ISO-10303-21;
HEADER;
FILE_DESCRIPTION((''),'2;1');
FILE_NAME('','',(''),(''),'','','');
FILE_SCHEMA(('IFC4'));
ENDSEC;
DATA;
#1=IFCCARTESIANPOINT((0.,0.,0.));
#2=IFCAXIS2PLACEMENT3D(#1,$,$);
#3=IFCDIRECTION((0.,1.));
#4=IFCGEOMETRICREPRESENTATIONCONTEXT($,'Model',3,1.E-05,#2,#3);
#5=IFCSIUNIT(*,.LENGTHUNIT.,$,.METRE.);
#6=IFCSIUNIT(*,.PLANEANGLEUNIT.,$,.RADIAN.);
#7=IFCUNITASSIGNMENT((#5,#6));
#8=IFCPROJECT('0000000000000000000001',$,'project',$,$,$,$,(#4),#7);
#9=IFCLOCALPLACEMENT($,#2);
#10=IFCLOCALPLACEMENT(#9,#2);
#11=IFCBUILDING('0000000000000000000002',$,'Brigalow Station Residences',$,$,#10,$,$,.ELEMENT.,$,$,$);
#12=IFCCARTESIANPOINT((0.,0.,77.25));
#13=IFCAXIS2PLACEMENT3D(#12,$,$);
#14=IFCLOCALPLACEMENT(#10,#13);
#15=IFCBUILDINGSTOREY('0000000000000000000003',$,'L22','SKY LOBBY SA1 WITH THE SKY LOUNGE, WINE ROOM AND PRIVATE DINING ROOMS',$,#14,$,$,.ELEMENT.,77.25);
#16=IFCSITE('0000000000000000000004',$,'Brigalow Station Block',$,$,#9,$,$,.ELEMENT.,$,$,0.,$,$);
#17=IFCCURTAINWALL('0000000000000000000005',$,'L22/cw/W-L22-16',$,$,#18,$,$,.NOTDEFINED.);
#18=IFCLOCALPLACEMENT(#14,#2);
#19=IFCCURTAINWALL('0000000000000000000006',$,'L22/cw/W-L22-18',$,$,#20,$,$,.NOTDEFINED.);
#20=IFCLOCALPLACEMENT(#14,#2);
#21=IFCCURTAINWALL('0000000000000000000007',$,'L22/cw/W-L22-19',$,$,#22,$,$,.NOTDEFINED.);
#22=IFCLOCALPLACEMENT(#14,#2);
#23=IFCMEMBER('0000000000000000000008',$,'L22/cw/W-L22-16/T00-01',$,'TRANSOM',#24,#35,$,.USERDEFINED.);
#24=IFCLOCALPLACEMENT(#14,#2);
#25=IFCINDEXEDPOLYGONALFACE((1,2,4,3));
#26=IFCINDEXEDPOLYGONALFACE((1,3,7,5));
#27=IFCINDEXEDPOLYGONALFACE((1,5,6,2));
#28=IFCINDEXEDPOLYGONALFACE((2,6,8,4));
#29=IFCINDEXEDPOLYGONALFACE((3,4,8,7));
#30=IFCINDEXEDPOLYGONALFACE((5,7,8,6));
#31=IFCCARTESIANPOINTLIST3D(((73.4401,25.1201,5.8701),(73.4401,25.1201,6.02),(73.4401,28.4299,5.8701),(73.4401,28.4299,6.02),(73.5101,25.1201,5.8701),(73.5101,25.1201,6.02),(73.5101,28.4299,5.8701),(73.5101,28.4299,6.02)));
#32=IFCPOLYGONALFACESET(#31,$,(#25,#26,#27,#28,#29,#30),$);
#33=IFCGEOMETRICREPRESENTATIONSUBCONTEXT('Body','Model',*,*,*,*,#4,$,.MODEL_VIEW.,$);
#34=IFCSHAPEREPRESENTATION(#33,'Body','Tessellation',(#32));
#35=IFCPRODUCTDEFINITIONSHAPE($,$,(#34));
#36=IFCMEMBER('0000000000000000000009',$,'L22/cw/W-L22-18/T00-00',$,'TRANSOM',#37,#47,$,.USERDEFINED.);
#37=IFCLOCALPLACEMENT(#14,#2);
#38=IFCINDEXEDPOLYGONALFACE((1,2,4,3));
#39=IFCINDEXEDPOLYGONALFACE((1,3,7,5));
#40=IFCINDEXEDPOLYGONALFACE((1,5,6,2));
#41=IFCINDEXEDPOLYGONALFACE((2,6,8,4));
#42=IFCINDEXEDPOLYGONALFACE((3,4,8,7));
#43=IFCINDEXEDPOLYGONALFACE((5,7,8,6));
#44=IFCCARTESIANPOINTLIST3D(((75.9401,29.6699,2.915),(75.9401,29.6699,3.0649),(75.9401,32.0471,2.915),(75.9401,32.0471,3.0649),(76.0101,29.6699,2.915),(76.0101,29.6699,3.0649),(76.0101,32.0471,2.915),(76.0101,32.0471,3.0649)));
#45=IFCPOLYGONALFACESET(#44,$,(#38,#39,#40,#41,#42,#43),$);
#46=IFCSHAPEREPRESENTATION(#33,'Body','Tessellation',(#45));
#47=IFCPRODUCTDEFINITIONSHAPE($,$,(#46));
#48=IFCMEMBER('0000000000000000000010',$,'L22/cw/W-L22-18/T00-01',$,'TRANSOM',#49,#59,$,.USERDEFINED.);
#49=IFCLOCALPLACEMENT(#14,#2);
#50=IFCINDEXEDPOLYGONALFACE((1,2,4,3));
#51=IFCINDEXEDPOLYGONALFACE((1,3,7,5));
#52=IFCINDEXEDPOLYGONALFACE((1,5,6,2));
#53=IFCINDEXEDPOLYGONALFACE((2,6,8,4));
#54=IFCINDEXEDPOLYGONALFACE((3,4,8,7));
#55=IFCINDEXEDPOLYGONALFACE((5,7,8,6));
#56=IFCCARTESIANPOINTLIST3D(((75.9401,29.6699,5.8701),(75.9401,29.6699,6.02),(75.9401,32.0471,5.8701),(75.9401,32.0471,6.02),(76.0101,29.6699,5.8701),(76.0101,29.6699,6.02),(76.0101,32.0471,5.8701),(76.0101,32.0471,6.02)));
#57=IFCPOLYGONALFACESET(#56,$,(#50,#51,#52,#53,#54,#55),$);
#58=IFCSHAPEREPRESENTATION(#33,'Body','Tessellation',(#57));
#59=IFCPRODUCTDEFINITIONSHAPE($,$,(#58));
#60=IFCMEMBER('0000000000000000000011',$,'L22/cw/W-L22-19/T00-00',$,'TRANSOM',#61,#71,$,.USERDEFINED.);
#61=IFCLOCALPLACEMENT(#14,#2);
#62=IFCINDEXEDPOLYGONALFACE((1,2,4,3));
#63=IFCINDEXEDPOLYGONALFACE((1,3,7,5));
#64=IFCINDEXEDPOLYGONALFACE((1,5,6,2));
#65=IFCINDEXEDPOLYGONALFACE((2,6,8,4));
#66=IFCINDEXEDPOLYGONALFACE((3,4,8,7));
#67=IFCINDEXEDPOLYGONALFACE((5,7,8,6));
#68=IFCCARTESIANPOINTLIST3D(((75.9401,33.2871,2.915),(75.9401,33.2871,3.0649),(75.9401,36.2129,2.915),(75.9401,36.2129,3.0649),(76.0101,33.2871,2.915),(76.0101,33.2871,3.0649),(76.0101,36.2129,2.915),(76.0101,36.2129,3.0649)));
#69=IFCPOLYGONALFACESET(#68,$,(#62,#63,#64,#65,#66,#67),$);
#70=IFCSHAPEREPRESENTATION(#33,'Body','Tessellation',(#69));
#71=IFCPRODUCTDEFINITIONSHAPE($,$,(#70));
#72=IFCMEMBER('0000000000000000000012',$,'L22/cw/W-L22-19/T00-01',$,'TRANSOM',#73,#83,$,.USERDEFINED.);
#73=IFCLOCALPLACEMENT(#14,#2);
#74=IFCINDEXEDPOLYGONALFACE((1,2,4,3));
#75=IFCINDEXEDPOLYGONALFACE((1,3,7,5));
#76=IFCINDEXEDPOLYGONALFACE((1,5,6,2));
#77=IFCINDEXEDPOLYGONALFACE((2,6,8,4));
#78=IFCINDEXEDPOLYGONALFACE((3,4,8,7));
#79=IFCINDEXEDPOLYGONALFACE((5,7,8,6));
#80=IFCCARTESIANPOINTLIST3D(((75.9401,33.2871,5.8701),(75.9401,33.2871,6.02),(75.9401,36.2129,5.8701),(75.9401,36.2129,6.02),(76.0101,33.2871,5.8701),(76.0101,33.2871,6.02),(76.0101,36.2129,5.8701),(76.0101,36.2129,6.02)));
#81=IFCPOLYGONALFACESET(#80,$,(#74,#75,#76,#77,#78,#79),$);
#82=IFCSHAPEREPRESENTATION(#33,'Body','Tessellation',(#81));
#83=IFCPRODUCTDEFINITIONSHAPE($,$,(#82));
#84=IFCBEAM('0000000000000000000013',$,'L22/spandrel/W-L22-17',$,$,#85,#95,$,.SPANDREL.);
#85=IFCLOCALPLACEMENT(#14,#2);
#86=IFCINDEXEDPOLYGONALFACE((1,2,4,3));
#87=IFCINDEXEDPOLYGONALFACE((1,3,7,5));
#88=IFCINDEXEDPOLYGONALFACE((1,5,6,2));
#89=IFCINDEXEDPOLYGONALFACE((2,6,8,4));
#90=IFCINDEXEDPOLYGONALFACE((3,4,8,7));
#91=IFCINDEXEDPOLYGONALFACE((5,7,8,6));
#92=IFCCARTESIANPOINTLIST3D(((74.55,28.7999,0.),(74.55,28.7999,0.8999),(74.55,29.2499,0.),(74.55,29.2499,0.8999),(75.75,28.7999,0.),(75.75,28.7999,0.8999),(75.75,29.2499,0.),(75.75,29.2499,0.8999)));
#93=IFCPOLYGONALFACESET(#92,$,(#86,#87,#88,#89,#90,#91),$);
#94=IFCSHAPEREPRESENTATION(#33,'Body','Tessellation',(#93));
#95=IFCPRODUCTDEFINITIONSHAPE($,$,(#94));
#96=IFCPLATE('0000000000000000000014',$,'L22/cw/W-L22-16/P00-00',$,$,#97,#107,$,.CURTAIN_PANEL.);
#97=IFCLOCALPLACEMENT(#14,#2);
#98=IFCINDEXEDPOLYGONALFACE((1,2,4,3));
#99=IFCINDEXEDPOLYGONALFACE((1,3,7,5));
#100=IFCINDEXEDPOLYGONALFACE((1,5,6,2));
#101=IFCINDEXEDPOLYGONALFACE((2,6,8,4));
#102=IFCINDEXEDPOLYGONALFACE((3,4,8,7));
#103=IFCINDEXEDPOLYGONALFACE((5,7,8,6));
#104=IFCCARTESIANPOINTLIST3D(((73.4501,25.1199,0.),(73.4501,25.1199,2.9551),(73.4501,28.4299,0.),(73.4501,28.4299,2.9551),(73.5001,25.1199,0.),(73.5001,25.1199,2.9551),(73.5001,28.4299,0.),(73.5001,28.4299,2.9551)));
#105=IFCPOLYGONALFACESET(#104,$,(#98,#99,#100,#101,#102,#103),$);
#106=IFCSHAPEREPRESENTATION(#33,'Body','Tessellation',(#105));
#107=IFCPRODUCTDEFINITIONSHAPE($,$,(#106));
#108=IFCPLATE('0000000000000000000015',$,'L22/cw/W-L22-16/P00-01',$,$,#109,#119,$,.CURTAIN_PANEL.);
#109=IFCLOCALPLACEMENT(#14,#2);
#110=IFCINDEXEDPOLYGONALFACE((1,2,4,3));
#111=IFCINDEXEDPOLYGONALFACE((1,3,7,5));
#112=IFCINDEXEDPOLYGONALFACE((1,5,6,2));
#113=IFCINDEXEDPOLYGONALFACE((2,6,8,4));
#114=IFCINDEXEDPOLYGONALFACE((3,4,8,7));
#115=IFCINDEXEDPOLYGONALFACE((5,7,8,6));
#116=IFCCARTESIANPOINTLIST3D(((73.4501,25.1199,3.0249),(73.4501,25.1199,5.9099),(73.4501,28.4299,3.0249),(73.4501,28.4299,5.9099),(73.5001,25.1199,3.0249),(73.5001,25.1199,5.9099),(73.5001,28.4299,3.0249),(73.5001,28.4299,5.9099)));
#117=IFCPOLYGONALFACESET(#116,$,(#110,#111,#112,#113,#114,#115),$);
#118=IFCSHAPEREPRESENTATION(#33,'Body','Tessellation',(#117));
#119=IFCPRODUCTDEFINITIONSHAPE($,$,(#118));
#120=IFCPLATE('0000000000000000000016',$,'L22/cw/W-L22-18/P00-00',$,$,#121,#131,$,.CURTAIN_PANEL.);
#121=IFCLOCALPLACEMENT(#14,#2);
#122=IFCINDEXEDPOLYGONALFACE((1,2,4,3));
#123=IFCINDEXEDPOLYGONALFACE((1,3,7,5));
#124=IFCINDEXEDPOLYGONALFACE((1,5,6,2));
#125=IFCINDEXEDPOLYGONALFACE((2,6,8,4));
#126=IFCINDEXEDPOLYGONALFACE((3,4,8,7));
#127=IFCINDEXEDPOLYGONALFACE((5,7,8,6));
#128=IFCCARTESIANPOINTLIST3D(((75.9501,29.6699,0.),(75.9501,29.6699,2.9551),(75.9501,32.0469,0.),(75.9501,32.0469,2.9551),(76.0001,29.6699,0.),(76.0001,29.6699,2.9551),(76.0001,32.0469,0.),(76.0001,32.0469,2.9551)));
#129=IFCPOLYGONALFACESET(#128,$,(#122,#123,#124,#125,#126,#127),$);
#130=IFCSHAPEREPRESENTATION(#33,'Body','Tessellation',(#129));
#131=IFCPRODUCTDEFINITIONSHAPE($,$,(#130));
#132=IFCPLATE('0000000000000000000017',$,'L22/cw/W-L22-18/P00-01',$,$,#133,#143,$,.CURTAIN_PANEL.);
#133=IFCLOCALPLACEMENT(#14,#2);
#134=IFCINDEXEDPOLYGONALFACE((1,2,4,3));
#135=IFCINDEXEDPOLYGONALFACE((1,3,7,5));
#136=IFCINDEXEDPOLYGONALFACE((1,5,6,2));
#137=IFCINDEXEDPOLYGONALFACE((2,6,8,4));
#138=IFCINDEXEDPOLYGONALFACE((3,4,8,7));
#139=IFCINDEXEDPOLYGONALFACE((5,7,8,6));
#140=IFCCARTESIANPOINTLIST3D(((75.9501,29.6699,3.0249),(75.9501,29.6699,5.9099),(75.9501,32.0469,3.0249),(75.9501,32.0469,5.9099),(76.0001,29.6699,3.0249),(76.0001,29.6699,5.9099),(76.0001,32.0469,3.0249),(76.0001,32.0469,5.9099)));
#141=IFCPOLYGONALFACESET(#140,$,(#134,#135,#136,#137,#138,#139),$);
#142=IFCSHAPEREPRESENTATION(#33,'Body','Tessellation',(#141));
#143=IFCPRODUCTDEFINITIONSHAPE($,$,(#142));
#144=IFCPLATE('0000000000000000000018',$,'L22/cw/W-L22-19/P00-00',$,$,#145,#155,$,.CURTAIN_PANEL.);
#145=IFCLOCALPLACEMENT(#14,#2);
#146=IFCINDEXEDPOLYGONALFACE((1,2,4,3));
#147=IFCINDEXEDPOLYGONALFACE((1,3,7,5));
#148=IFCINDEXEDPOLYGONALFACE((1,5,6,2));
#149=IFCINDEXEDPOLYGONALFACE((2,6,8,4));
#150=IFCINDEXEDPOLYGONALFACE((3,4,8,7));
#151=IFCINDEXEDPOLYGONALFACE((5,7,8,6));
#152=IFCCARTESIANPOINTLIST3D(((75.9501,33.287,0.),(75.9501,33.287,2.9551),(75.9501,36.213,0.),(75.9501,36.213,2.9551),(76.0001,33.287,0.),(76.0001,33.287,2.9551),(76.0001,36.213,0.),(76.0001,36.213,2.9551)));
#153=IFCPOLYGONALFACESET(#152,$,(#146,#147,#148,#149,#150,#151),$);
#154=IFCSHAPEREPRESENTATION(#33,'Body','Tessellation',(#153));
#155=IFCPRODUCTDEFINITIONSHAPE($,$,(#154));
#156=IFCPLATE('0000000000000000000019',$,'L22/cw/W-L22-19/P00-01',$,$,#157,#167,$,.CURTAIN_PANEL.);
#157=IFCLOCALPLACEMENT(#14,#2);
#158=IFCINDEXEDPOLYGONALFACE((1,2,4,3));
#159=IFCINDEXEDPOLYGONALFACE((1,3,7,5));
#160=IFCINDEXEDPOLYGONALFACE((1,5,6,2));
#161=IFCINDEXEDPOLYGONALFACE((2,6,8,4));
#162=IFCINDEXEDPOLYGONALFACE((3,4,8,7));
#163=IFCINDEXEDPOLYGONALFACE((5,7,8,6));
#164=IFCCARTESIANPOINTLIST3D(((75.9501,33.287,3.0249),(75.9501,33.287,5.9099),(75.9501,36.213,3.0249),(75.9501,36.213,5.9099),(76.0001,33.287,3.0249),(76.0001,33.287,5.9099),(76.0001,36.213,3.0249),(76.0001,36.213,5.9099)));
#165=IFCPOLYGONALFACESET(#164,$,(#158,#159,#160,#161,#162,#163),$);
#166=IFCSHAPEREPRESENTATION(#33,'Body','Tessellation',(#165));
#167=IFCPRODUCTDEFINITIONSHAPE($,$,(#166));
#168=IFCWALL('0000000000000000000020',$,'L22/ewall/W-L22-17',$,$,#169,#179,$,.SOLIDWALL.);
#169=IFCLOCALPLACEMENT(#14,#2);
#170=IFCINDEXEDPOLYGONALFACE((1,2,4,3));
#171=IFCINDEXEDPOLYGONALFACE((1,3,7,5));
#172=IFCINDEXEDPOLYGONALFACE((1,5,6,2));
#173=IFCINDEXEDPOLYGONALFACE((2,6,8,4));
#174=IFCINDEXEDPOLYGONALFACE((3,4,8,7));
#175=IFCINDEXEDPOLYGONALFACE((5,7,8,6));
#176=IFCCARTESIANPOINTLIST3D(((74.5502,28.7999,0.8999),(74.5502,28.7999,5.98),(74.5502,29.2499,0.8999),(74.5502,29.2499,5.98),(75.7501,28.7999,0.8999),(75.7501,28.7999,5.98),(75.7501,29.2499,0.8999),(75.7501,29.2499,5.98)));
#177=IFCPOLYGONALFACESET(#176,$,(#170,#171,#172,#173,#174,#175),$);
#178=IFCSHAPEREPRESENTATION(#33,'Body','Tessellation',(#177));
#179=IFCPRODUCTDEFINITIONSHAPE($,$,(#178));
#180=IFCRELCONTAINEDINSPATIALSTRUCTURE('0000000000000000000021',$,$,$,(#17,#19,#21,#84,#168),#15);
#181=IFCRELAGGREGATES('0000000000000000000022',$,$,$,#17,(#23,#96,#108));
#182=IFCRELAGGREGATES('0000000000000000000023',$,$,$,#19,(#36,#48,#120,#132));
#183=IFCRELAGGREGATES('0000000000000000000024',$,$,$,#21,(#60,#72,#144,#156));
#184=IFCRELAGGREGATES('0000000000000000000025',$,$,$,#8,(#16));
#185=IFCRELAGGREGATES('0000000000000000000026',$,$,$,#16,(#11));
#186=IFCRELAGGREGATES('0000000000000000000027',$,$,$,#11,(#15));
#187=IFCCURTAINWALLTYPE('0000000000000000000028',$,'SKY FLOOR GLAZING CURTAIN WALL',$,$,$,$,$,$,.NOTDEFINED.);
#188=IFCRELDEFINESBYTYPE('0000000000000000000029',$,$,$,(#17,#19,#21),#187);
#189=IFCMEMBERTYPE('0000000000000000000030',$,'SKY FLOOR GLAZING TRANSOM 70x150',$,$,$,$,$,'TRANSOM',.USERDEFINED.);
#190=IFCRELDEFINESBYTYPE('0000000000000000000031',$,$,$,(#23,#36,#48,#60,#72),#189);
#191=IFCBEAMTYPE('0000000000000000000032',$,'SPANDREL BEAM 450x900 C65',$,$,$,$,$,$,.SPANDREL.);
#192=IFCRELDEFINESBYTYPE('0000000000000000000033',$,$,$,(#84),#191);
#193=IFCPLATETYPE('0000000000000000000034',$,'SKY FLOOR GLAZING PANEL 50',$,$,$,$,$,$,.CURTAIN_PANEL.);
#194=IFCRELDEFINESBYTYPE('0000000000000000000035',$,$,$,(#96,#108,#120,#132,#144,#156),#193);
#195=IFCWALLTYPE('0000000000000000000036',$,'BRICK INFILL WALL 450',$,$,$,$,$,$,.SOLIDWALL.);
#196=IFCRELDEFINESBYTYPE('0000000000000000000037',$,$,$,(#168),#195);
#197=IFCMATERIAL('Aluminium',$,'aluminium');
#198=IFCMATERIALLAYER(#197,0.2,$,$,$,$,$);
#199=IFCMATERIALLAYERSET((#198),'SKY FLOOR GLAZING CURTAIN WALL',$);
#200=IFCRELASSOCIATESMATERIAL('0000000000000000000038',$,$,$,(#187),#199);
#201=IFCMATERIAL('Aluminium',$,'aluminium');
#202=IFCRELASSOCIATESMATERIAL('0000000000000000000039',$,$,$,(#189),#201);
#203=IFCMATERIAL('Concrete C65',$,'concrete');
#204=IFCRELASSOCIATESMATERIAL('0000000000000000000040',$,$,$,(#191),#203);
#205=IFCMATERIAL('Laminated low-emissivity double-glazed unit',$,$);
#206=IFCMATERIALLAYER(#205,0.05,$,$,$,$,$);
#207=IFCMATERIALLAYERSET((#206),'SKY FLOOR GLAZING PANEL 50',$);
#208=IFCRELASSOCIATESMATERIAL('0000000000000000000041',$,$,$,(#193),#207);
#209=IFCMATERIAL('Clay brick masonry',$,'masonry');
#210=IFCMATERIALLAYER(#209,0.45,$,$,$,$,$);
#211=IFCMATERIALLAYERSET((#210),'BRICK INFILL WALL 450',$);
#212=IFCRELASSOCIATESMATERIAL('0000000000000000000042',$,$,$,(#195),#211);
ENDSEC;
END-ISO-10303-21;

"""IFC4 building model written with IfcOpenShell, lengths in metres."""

from ifc_helpers import new_model, si_unit, direction, frame, frame_2d, origin, origin_2d, place, context, subcontext, project, spatial, rectangle, extrude, material, layer, layer_set, material_profile, profile_set, type_object, element, aggregate, save


model = new_model("IFC4")

# Units and contexts
model_context = context("Model", 3, precision=1e-05, world=origin(), true_north=direction((0.0, 1.0)))
body_context = subcontext(model_context, "Body", "Model", "MODEL_VIEW")
ifc_project = project(units=[si_unit("LENGTHUNIT", "METRE"), si_unit("PLANEANGLEUNIT", "RADIAN")], contexts=[model_context])

# Site, building, storey
site_placement = place(None, origin())
site = spatial("IfcSite", under=ifc_project, at=site_placement, Name="Brigalow Station Block", CompositionType="ELEMENT", RefElevation=0.0)
building_placement = place(site_placement, origin())
building = spatial("IfcBuilding", under=site, at=building_placement, Name="Brigalow Station Residences", CompositionType="ELEMENT")
storey_placement = place(building_placement, frame((0.0, 0.0, 77.25)))
storey = spatial("IfcBuildingStorey", under=building, at=storey_placement, Name="L22", Description="SKY LOBBY SA1 WITH THE SKY LOUNGE, WINE ROOM AND PRIVATE DINING ROOMS", CompositionType="ELEMENT", Elevation=77.25)

# Shared definitions
ifc_material_1 = material(Name="Aluminium", Category="aluminium")
ifc_layer_1 = layer(ifc_material_1, 0.2)
ifc_layer_set_1 = layer_set([ifc_layer_1], Name="SKY FLOOR GLAZING CURTAIN WALL")
curtain_wall_type = type_object("IfcCurtainWallType", Name="SKY FLOOR GLAZING CURTAIN WALL", PredefinedType="NOTDEFINED", material=ifc_layer_set_1)

# Curtain walls
curtain_wall_1_placement = place(storey_placement, origin())
curtain_wall_1 = element("IfcCurtainWall", 1, at=curtain_wall_1_placement, inside=storey, type_object=curtain_wall_type, Name="L22/cw/W-L22-16", PredefinedType="NOTDEFINED")
curtain_wall_2_placement = place(storey_placement, origin())
curtain_wall_2 = element("IfcCurtainWall", 2, at=curtain_wall_2_placement, inside=storey, type_object=curtain_wall_type, Name="L22/cw/W-L22-18", PredefinedType="NOTDEFINED")
curtain_wall_3_placement = place(storey_placement, origin())
curtain_wall_3 = element("IfcCurtainWall", 3, at=curtain_wall_3_placement, inside=storey, type_object=curtain_wall_type, Name="L22/cw/W-L22-19", PredefinedType="NOTDEFINED")

# Members
ifc_material_2 = material(Name="Aluminium", Category="aluminium")
ifc_material_profile_1 = material_profile(ifc_material_2, rectangle(XDim=0.0701, YDim=0.1499, at=origin_2d()), Name="SKY FLOOR GLAZING TRANSOM 70x150")
ifc_profile_set_1 = profile_set([ifc_material_profile_1], Name="Aluminium")
member_type_1 = type_object("IfcMemberType", Name="SKY FLOOR GLAZING TRANSOM 70x150", ElementType="TRANSOM", PredefinedType="USERDEFINED", material=ifc_profile_set_1)
member_1_placement = place(storey_placement, frame((73.4751, 25.1201, 5.9451), z_axis=(0.0, 1.0, 0.0), x_axis=(-1.0, 0.0, 0.0)))
member_1 = element("IfcMember", 4, at=member_1_placement, type_object=member_type_1, Name="L22/cw/W-L22-16/T00-01", ObjectType="TRANSOM", PredefinedType="USERDEFINED", context=body_context, shape_type="SweptSolid", body=[
    extrude(rectangle(XDim=0.0701, YDim=0.1499, at=origin_2d()), origin(), (0.0, 0.0, 1.0), 3.3098),
])
member_2_placement = place(storey_placement, frame((75.9751, 29.6699, 2.99), z_axis=(0.0, 1.0, 0.0), x_axis=(-1.0, 0.0, 0.0)))
member_2 = element("IfcMember", 5, at=member_2_placement, type_object=member_type_1, Name="L22/cw/W-L22-18/T00-00", ObjectType="TRANSOM", PredefinedType="USERDEFINED", context=body_context, shape_type="SweptSolid", body=[
    extrude(rectangle(XDim=0.0701, YDim=0.1499, at=origin_2d()), origin(), (0.0, 0.0, 1.0), 2.3772),
])
member_3_placement = place(storey_placement, frame((75.9751, 29.6699, 5.9451), z_axis=(0.0, 1.0, 0.0), x_axis=(-1.0, 0.0, 0.0)))
member_3 = element("IfcMember", 6, at=member_3_placement, type_object=member_type_1, Name="L22/cw/W-L22-18/T00-01", ObjectType="TRANSOM", PredefinedType="USERDEFINED", context=body_context, shape_type="SweptSolid", body=[
    extrude(rectangle(XDim=0.0701, YDim=0.1499, at=origin_2d()), origin(), (0.0, 0.0, 1.0), 2.3772),
])
member_4_placement = place(storey_placement, frame((75.9751, 33.2871, 2.99), z_axis=(0.0, 1.0, 0.0), x_axis=(-1.0, 0.0, 0.0)))
member_4 = element("IfcMember", 7, at=member_4_placement, type_object=member_type_1, Name="L22/cw/W-L22-19/T00-00", ObjectType="TRANSOM", PredefinedType="USERDEFINED", context=body_context, shape_type="SweptSolid", body=[
    extrude(rectangle(XDim=0.0701, YDim=0.1499, at=origin_2d()), origin(), (0.0, 0.0, 1.0), 2.9258),
])
member_5_placement = place(storey_placement, frame((75.9751, 33.2871, 5.9451), z_axis=(0.0, 1.0, 0.0), x_axis=(-1.0, 0.0, 0.0)))
member_5 = element("IfcMember", 8, at=member_5_placement, type_object=member_type_1, Name="L22/cw/W-L22-19/T00-01", ObjectType="TRANSOM", PredefinedType="USERDEFINED", context=body_context, shape_type="SweptSolid", body=[
    extrude(rectangle(XDim=0.0701, YDim=0.1499, at=origin_2d()), origin(), (0.0, 0.0, 1.0), 2.9258),
])

# Beam
ifc_material_3 = material(Name="Concrete C65", Category="concrete")
ifc_material_profile_2 = material_profile(ifc_material_3, rectangle(XDim=0.45, YDim=0.8999, at=origin_2d()), Name="RC450x900")
ifc_profile_set_2 = profile_set([ifc_material_profile_2], Name="Concrete C65")
beam_type = type_object("IfcBeamType", Name="SPANDREL BEAM 450x900 C65", PredefinedType="SPANDREL", material=ifc_profile_set_2)
beam_placement = place(storey_placement, frame((74.55, 29.0249, 0.45), z_axis=(1.0, 0.0, 0.0), x_axis=(0.0, 1.0, 0.0)))
element("IfcBeam", 9, at=beam_placement, inside=storey, type_object=beam_type, Name="L22/spandrel/W-L22-17", PredefinedType="SPANDREL", context=body_context, shape_type="SweptSolid", body=[
    extrude(rectangle(XDim=0.45, YDim=0.8999, at=origin_2d()), origin(), (0.0, 0.0, 1.0), 1.2),
])

# Plates
ifc_material_4 = material(Name="Laminated low-emissivity double-glazed unit")
ifc_layer_2 = layer(ifc_material_4, 0.05)
ifc_layer_set_2 = layer_set([ifc_layer_2], Name="SKY FLOOR GLAZING PANEL 50")
plate_type = type_object("IfcPlateType", Name="SKY FLOOR GLAZING PANEL 50", PredefinedType="CURTAIN_PANEL", material=ifc_layer_set_2)
plate_1_placement = place(storey_placement, frame((73.4751, 26.7749, 0.0), z_axis=(0.0, 0.0, 1.0), x_axis=(0.0, 1.0, 0.0)))
plate_1 = element("IfcPlate", 10, at=plate_1_placement, type_object=plate_type, Name="L22/cw/W-L22-16/P00-00", PredefinedType="CURTAIN_PANEL", context=body_context, shape_type="SweptSolid", body=[
    extrude(rectangle(XDim=3.3101, YDim=0.05, at=origin_2d()), origin(), (0.0, 0.0, 1.0), 2.9551),
])
plate_2_placement = place(storey_placement, frame((73.4751, 26.7749, 3.0249), z_axis=(0.0, 0.0, 1.0), x_axis=(0.0, 1.0, 0.0)))
plate_2 = element("IfcPlate", 11, at=plate_2_placement, type_object=plate_type, Name="L22/cw/W-L22-16/P00-01", PredefinedType="CURTAIN_PANEL", context=body_context, shape_type="SweptSolid", body=[
    extrude(rectangle(XDim=3.3101, YDim=0.05, at=origin_2d()), origin(), (0.0, 0.0, 1.0), 2.885),
])
aggregate(curtain_wall_1, [member_1, plate_1, plate_2])
plate_3_placement = place(storey_placement, frame((75.9751, 30.8584, 0.0), z_axis=(0.0, 0.0, 1.0), x_axis=(0.0, 1.0, 0.0)))
plate_3 = element("IfcPlate", 12, at=plate_3_placement, type_object=plate_type, Name="L22/cw/W-L22-18/P00-00", PredefinedType="CURTAIN_PANEL", context=body_context, shape_type="SweptSolid", body=[
    extrude(rectangle(XDim=2.377, YDim=0.05, at=origin_2d()), origin(), (0.0, 0.0, 1.0), 2.9551),
])
plate_4_placement = place(storey_placement, frame((75.9751, 30.8584, 3.0249), z_axis=(0.0, 0.0, 1.0), x_axis=(0.0, 1.0, 0.0)))
plate_4 = element("IfcPlate", 13, at=plate_4_placement, type_object=plate_type, Name="L22/cw/W-L22-18/P00-01", PredefinedType="CURTAIN_PANEL", context=body_context, shape_type="SweptSolid", body=[
    extrude(rectangle(XDim=2.377, YDim=0.05, at=origin_2d()), origin(), (0.0, 0.0, 1.0), 2.885),
])
aggregate(curtain_wall_2, [member_2, member_3, plate_3, plate_4])
plate_5_placement = place(storey_placement, frame((75.9751, 34.75, 0.0), z_axis=(0.0, 0.0, 1.0), x_axis=(0.0, 1.0, 0.0)))
plate_5 = element("IfcPlate", 14, at=plate_5_placement, type_object=plate_type, Name="L22/cw/W-L22-19/P00-00", PredefinedType="CURTAIN_PANEL", context=body_context, shape_type="SweptSolid", body=[
    extrude(rectangle(XDim=2.926, YDim=0.05, at=origin_2d()), origin(), (0.0, 0.0, 1.0), 2.9551),
])
plate_6_placement = place(storey_placement, frame((75.9751, 34.75, 3.0249), z_axis=(0.0, 0.0, 1.0), x_axis=(0.0, 1.0, 0.0)))
plate_6 = element("IfcPlate", 15, at=plate_6_placement, type_object=plate_type, Name="L22/cw/W-L22-19/P00-01", PredefinedType="CURTAIN_PANEL", context=body_context, shape_type="SweptSolid", body=[
    extrude(rectangle(XDim=2.926, YDim=0.05, at=origin_2d()), origin(), (0.0, 0.0, 1.0), 2.885),
])
aggregate(curtain_wall_3, [member_4, member_5, plate_5, plate_6])

# Wall
ifc_material_5 = material(Name="Clay brick masonry", Category="masonry")
ifc_layer_3 = layer(ifc_material_5, 0.45)
ifc_layer_set_3 = layer_set([ifc_layer_3], Name="BRICK INFILL WALL 450")
wall_type_1 = type_object("IfcWallType", Name="BRICK INFILL WALL 450", PredefinedType="SOLIDWALL", material=ifc_layer_set_3)
wall_1_placement = place(storey_placement, frame((74.55, 29.0249, 0.8999), z_axis=(0.0, 0.0, 1.0), x_axis=(1.0, 0.0, 0.0)))
element("IfcWall", 16, at=wall_1_placement, inside=storey, type_object=wall_type_1, Name="L22/ewall/W-L22-17", PredefinedType="SOLIDWALL", context=body_context, shape_type="SweptSolid", body=[
    extrude(rectangle(XDim=1.2, YDim=0.45, at=frame_2d((0.6001, 0.0))), origin(), (0.0, 0.0, 1.0), 5.0801),
])

save(model, "model.ifc")
